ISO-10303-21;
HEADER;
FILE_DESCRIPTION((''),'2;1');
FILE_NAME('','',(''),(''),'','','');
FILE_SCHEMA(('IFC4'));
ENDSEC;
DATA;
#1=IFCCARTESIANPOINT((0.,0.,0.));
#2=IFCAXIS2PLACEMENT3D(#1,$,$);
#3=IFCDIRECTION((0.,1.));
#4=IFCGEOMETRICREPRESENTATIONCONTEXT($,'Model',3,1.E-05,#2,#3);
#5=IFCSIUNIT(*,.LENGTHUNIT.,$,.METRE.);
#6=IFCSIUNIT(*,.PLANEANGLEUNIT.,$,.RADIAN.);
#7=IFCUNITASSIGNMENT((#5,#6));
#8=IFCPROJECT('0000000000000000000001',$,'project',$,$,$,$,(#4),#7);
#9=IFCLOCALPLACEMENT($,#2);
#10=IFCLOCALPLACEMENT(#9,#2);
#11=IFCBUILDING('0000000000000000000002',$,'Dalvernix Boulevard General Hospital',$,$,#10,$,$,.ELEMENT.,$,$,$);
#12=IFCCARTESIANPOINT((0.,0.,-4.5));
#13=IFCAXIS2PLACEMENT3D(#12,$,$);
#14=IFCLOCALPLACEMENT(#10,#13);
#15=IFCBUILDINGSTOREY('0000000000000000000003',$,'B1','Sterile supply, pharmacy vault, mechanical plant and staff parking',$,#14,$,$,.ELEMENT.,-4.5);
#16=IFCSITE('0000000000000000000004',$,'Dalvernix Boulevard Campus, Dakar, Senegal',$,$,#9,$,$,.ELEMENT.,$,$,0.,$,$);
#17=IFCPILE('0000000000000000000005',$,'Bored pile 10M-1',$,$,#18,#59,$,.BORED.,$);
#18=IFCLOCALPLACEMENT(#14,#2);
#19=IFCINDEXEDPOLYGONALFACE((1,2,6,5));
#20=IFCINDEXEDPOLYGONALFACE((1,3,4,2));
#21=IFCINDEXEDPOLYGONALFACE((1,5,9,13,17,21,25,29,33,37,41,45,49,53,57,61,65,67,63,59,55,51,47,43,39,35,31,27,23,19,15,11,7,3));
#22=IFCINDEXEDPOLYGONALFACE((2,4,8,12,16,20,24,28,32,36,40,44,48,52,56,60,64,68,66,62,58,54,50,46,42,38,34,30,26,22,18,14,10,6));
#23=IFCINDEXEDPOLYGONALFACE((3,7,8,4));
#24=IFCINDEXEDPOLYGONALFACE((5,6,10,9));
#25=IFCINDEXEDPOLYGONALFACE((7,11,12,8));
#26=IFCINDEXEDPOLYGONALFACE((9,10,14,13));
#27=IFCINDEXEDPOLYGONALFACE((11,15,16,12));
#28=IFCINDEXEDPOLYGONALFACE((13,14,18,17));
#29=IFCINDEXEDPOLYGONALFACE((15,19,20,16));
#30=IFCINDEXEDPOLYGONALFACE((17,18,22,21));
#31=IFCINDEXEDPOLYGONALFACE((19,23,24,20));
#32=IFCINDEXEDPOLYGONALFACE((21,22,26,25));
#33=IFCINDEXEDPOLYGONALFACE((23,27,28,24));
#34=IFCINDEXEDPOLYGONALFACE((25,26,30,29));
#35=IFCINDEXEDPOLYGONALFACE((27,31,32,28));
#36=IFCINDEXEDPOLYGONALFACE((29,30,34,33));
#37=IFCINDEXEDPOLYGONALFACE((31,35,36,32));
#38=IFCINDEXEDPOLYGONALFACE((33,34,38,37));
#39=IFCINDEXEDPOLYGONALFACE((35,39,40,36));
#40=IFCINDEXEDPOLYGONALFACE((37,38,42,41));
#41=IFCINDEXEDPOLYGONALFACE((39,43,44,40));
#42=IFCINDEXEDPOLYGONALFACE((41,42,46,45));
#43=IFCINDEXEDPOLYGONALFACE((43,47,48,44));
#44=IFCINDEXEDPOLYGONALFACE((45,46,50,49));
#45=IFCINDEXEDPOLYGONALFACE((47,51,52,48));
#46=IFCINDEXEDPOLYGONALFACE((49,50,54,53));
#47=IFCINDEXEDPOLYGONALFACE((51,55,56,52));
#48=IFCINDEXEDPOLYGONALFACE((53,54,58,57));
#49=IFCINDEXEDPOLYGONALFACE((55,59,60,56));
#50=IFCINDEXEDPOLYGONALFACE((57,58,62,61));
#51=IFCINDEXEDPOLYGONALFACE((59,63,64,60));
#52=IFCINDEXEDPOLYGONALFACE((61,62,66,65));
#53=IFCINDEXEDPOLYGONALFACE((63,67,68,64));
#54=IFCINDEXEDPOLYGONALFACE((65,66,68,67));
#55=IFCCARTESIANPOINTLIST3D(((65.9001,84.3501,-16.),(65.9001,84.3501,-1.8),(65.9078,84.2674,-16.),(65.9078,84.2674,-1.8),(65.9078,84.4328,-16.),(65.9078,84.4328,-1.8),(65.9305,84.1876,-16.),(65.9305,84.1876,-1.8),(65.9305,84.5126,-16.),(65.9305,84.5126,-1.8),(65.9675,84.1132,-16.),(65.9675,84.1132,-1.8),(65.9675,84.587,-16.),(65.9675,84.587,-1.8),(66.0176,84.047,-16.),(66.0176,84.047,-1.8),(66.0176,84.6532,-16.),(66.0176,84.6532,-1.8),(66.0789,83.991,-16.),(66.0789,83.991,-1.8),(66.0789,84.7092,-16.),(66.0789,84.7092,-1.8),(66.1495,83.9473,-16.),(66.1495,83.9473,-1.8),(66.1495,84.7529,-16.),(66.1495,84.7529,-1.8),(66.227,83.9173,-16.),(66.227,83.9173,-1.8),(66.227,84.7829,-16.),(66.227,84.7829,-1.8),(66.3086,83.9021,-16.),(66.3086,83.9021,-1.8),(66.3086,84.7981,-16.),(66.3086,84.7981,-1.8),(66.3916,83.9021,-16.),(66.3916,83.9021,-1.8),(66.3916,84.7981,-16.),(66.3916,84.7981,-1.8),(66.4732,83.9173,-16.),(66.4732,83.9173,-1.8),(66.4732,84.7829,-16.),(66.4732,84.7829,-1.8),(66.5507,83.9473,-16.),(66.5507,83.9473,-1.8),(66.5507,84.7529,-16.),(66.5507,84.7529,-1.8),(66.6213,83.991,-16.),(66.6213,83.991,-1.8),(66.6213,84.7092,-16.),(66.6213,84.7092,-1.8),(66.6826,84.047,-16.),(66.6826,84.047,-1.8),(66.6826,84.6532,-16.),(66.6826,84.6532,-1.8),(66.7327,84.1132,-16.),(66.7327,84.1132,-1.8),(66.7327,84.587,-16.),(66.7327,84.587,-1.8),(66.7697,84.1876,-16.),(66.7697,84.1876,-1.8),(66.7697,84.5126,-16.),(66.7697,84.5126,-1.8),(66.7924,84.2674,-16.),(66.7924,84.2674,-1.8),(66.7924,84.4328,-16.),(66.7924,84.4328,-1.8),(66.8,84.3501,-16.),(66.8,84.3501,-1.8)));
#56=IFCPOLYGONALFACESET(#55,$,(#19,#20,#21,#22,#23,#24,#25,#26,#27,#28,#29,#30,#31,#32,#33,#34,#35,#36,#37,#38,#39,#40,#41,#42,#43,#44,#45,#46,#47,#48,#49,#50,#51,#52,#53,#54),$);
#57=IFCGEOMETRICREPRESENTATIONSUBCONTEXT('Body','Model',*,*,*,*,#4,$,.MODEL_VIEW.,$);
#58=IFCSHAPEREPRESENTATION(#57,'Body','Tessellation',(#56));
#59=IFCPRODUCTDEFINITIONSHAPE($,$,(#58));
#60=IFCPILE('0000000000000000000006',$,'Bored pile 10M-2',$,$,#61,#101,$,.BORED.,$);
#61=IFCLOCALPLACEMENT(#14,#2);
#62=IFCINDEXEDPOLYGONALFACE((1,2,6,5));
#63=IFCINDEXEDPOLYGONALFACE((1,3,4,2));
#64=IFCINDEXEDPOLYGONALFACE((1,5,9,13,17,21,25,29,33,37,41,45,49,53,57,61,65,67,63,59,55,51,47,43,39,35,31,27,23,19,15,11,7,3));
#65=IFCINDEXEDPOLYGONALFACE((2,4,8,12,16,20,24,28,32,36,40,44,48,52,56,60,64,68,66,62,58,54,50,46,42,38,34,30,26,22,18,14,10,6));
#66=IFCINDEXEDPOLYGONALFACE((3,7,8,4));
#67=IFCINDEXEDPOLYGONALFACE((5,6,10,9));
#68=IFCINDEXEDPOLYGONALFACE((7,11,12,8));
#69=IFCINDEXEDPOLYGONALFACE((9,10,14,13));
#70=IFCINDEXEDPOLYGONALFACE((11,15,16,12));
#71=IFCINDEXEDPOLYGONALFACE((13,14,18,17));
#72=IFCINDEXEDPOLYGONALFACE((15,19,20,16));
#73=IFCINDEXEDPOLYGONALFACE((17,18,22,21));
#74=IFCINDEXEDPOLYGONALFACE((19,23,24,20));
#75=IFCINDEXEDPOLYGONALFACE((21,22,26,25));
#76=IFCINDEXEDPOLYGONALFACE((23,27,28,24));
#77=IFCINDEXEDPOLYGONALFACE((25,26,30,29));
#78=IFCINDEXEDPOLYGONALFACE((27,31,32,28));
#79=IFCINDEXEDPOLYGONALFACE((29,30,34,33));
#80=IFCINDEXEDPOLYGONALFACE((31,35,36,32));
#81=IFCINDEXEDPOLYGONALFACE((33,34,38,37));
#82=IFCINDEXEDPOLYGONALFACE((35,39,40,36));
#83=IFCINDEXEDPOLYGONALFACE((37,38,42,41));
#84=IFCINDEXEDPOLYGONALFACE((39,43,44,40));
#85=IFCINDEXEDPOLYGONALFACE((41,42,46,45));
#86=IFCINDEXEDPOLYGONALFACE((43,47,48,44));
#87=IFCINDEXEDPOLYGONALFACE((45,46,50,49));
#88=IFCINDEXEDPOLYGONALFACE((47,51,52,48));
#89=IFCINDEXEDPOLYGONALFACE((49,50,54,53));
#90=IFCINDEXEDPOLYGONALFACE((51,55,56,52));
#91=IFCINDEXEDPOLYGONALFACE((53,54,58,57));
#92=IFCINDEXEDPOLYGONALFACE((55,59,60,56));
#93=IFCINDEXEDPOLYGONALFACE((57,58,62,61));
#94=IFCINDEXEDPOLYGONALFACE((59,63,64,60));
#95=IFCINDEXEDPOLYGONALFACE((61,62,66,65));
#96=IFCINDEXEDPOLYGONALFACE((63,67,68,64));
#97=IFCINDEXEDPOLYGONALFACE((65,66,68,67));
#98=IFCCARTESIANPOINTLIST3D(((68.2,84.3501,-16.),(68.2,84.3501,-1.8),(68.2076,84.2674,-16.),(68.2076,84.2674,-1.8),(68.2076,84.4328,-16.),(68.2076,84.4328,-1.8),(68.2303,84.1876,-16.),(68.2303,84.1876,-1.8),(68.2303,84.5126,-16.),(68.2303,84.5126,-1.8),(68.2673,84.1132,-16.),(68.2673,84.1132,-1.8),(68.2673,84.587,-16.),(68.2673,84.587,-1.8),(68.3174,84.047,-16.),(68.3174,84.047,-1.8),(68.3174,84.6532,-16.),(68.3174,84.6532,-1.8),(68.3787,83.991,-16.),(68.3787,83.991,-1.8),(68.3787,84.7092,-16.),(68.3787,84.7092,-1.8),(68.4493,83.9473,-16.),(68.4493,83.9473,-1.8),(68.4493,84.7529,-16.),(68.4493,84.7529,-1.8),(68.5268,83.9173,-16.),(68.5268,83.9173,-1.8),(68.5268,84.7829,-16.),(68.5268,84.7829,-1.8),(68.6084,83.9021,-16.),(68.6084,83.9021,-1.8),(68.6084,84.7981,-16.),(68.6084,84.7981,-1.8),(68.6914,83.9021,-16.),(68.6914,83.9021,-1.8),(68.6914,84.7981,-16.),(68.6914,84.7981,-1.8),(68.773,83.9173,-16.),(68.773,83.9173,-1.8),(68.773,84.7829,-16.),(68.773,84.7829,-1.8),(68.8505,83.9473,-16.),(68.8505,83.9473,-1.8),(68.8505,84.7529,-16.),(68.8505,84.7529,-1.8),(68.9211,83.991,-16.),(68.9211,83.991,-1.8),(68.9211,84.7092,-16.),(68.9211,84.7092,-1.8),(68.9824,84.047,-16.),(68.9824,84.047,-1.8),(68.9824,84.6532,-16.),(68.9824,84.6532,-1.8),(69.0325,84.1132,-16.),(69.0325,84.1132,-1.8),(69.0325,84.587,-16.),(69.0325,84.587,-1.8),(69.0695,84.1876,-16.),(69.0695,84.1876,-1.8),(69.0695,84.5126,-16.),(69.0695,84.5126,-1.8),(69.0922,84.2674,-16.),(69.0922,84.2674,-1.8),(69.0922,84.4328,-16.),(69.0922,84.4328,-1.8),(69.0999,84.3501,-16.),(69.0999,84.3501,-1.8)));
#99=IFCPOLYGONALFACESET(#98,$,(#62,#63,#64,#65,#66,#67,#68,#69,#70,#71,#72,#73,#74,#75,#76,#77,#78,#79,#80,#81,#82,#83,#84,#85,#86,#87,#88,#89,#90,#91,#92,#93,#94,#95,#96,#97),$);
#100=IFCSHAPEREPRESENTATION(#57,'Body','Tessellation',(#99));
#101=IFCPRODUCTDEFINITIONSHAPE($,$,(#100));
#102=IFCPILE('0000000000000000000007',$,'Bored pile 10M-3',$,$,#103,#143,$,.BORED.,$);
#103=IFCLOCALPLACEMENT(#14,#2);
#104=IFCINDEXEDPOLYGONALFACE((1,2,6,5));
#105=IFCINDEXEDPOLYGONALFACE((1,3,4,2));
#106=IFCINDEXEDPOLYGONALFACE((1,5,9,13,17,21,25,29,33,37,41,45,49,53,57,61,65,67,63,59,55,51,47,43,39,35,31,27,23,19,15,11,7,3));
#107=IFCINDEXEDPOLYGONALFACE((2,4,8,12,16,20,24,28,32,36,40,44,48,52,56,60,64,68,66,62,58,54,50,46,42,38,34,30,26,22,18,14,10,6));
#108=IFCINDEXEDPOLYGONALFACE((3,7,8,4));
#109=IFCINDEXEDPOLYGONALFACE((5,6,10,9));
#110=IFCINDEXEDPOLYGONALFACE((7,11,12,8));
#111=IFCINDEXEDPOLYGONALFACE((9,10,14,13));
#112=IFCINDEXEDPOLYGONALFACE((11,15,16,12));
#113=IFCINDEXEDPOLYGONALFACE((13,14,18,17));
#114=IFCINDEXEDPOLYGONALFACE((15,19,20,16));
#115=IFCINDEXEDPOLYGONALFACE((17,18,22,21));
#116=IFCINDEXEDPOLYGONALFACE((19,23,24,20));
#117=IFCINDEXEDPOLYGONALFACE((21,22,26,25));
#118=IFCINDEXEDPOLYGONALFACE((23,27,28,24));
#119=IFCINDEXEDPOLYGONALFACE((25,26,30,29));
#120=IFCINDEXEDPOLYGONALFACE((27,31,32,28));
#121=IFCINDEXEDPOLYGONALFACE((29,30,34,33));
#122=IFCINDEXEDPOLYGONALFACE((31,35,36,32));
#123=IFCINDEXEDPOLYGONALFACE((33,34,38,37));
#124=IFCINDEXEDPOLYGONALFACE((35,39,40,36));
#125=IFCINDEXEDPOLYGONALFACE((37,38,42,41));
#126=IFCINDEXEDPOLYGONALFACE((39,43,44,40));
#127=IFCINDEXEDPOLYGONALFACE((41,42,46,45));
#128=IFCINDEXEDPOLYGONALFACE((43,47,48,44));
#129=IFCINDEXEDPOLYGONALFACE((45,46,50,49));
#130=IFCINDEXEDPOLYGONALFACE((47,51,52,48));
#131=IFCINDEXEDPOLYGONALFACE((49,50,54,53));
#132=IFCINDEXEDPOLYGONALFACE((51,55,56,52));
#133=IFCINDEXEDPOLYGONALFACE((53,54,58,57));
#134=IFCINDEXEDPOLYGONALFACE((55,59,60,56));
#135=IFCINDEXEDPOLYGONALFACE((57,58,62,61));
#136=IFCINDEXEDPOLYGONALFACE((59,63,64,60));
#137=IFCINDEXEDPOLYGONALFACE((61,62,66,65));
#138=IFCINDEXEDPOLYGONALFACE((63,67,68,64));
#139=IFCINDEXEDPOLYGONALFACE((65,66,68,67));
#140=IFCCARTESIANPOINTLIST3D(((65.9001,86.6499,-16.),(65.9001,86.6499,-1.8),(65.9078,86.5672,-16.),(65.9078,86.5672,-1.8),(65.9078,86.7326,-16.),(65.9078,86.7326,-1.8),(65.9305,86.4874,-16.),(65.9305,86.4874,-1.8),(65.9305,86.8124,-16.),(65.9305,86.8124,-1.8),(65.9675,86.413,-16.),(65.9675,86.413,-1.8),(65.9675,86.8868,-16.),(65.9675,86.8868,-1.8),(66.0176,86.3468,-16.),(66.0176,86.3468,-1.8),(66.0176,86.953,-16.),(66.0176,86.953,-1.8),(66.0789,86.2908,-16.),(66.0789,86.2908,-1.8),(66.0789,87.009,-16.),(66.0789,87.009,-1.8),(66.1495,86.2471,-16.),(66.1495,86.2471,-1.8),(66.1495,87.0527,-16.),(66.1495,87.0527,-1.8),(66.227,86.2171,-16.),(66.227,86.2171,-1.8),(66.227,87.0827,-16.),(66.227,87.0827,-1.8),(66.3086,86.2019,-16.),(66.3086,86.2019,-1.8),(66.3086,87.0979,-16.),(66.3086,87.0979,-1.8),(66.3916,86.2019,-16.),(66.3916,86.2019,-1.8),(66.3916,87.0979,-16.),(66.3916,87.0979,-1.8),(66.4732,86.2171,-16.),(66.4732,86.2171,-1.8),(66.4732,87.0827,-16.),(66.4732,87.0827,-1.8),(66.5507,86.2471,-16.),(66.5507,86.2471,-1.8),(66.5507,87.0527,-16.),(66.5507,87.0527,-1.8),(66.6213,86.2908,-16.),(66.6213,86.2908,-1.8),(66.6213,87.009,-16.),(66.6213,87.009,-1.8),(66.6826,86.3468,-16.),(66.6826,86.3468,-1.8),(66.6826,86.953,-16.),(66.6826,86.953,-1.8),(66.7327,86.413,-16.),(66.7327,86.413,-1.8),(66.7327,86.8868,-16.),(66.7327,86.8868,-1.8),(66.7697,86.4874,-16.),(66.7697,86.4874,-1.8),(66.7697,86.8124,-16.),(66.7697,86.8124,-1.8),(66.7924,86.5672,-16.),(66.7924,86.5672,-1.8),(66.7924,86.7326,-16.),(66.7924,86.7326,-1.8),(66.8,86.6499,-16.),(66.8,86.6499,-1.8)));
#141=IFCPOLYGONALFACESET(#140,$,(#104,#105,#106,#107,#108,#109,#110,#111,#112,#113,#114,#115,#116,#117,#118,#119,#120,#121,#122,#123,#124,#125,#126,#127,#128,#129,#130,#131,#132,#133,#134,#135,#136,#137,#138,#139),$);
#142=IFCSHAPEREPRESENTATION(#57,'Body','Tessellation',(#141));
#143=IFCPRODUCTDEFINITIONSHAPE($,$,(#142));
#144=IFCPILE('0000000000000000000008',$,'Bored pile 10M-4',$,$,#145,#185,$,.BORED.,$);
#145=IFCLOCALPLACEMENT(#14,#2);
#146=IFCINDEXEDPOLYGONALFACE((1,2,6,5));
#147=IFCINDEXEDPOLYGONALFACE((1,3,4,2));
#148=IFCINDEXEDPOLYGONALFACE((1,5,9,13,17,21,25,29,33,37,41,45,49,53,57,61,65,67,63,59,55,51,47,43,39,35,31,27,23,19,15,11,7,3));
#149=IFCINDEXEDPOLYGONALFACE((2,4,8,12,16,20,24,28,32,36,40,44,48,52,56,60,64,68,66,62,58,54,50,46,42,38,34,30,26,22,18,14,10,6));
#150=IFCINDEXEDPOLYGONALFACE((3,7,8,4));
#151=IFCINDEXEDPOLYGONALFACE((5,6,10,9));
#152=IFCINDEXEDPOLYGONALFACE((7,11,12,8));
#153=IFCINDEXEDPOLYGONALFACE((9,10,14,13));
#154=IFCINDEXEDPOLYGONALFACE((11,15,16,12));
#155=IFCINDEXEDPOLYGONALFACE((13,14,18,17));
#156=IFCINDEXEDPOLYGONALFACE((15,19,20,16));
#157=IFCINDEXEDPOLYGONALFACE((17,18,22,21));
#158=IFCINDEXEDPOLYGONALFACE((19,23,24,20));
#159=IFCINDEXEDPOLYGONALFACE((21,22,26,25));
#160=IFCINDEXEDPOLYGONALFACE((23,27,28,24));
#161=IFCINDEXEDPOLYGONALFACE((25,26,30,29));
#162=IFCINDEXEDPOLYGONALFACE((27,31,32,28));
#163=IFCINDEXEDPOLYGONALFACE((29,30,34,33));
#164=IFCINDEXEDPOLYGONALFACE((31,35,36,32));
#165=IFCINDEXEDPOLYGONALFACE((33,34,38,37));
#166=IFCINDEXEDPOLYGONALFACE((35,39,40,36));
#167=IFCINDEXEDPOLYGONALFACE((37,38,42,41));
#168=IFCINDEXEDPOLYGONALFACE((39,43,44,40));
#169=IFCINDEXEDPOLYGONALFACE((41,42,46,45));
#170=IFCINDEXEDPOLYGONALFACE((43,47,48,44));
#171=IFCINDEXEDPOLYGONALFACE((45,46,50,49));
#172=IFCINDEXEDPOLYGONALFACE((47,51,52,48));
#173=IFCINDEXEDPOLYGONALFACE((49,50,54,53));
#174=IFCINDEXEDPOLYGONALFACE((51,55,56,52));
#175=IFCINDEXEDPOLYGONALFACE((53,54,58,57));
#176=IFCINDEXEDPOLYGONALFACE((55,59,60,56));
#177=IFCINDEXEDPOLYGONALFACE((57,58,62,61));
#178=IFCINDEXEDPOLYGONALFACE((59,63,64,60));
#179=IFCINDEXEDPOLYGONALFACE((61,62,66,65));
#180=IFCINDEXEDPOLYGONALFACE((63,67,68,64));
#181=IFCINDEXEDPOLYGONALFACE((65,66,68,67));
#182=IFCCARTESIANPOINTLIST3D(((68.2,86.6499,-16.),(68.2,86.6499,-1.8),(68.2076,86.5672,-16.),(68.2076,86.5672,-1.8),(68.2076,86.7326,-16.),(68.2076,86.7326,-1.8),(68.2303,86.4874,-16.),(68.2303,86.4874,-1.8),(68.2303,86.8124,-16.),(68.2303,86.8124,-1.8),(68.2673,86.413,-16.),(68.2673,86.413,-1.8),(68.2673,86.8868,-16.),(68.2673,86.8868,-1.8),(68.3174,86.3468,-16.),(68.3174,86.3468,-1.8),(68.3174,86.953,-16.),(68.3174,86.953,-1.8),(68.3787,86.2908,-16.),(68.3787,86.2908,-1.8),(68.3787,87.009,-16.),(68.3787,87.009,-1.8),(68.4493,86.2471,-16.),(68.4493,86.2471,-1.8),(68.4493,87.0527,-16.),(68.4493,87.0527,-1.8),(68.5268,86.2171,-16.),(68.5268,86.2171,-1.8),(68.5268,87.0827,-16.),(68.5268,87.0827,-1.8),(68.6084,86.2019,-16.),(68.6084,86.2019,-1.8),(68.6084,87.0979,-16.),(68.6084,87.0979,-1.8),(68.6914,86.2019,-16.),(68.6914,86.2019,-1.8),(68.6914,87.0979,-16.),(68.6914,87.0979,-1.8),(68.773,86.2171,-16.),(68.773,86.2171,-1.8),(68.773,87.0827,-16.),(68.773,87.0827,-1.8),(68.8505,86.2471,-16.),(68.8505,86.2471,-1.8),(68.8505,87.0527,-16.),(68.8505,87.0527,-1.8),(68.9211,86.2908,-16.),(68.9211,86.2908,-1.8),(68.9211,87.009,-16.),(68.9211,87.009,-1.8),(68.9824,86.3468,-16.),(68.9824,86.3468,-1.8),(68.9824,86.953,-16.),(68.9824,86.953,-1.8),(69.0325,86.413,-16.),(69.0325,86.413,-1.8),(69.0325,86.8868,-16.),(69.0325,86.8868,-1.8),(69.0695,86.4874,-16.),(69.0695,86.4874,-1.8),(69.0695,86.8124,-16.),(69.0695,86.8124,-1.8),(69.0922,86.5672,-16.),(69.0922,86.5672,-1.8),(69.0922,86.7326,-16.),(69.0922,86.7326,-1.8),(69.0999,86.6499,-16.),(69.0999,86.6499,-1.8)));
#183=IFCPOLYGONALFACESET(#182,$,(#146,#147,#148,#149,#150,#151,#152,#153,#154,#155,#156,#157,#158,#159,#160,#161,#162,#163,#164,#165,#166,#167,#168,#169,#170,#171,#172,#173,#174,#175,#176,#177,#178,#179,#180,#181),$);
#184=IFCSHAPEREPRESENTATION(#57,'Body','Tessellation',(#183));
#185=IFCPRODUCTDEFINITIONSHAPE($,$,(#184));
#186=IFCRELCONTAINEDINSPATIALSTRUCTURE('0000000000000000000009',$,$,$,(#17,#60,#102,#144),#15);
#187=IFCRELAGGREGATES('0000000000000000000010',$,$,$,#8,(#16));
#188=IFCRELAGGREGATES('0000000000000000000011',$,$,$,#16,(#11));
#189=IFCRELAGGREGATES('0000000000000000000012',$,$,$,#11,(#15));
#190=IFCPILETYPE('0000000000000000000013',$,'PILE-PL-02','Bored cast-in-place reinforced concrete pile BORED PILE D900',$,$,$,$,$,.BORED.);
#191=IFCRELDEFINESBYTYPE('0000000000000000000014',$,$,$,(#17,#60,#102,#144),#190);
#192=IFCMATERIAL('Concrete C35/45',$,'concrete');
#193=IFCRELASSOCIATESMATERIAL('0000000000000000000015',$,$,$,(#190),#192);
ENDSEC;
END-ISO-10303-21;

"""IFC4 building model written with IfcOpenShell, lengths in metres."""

from ifc_helpers import new_model, si_unit, direction, frame, origin, origin_2d, place, context, subcontext, project, spatial, circle, extrude, material, material_profile, profile_set, type_object, element, save


model = new_model("IFC4")

# Units and contexts
model_context = context("Model", 3, precision=1e-05, world=origin(), true_north=direction((0.0, 1.0)))
body_context = subcontext(model_context, "Body", "Model", "MODEL_VIEW")
ifc_project = project(units=[si_unit("LENGTHUNIT", "METRE"), si_unit("PLANEANGLEUNIT", "RADIAN")], contexts=[model_context])

# Site, building, storey
site_placement = place(None, origin())
site = spatial("IfcSite", under=ifc_project, at=site_placement, Name="Dalvernix Boulevard Campus, Dakar, Senegal", CompositionType="ELEMENT", RefElevation=0.0)
building_placement = place(site_placement, origin())
building = spatial("IfcBuilding", under=site, at=building_placement, Name="Dalvernix Boulevard General Hospital", CompositionType="ELEMENT")
storey_placement = place(building_placement, frame((0.0, 0.0, -4.5)))
storey = spatial("IfcBuildingStorey", under=building, at=storey_placement, Name="B1", Description="Sterile supply, pharmacy vault, mechanical plant and staff parking", CompositionType="ELEMENT", Elevation=-4.5)

# Shared definitions
ifc_material_1 = material(Name="Concrete C35/45", Category="concrete")

# Piles
ifc_material_profile_1 = material_profile(ifc_material_1, circle(Radius=0.45, at=origin_2d()), Name="BORED PILE D900")
ifc_profile_set_1 = profile_set([ifc_material_profile_1], Name="Concrete C35/45")
pile_type = type_object("IfcPileType", Name="PILE-PL-02", Description="Bored cast-in-place reinforced concrete pile BORED PILE D900", PredefinedType="BORED", material=ifc_profile_set_1)
for number, where, z_axis, x_axis, name in (
    (1, (66.3501, 84.3501, -1.8), (0.0, 0.0, -1.0), (1.0, 0.0, 0.0), "Bored pile 10M-1"),
    (2, (68.6499, 84.3501, -1.8), (0.0, 0.0, -1.0), (1.0, 0.0, 0.0), "Bored pile 10M-2"),
    (3, (66.3501, 86.6499, -1.8), (0.0, 0.0, -1.0), (1.0, 0.0, 0.0), "Bored pile 10M-3"),
    (4, (68.6499, 86.6499, -1.8), (0.0, 0.0, -1.0), (1.0, 0.0, 0.0), "Bored pile 10M-4"),
):
    element("IfcPile", number, at=place(storey_placement, frame(where, z_axis=z_axis, x_axis=x_axis)), inside=storey, type_object=pile_type, Name=name, PredefinedType="BORED", context=body_context, shape_type="SweptSolid", body=[
        extrude(circle(Radius=0.45, at=origin_2d()), origin(), (0.0, 0.0, 1.0), 14.2),
    ])

save(model, "model.ifc")
